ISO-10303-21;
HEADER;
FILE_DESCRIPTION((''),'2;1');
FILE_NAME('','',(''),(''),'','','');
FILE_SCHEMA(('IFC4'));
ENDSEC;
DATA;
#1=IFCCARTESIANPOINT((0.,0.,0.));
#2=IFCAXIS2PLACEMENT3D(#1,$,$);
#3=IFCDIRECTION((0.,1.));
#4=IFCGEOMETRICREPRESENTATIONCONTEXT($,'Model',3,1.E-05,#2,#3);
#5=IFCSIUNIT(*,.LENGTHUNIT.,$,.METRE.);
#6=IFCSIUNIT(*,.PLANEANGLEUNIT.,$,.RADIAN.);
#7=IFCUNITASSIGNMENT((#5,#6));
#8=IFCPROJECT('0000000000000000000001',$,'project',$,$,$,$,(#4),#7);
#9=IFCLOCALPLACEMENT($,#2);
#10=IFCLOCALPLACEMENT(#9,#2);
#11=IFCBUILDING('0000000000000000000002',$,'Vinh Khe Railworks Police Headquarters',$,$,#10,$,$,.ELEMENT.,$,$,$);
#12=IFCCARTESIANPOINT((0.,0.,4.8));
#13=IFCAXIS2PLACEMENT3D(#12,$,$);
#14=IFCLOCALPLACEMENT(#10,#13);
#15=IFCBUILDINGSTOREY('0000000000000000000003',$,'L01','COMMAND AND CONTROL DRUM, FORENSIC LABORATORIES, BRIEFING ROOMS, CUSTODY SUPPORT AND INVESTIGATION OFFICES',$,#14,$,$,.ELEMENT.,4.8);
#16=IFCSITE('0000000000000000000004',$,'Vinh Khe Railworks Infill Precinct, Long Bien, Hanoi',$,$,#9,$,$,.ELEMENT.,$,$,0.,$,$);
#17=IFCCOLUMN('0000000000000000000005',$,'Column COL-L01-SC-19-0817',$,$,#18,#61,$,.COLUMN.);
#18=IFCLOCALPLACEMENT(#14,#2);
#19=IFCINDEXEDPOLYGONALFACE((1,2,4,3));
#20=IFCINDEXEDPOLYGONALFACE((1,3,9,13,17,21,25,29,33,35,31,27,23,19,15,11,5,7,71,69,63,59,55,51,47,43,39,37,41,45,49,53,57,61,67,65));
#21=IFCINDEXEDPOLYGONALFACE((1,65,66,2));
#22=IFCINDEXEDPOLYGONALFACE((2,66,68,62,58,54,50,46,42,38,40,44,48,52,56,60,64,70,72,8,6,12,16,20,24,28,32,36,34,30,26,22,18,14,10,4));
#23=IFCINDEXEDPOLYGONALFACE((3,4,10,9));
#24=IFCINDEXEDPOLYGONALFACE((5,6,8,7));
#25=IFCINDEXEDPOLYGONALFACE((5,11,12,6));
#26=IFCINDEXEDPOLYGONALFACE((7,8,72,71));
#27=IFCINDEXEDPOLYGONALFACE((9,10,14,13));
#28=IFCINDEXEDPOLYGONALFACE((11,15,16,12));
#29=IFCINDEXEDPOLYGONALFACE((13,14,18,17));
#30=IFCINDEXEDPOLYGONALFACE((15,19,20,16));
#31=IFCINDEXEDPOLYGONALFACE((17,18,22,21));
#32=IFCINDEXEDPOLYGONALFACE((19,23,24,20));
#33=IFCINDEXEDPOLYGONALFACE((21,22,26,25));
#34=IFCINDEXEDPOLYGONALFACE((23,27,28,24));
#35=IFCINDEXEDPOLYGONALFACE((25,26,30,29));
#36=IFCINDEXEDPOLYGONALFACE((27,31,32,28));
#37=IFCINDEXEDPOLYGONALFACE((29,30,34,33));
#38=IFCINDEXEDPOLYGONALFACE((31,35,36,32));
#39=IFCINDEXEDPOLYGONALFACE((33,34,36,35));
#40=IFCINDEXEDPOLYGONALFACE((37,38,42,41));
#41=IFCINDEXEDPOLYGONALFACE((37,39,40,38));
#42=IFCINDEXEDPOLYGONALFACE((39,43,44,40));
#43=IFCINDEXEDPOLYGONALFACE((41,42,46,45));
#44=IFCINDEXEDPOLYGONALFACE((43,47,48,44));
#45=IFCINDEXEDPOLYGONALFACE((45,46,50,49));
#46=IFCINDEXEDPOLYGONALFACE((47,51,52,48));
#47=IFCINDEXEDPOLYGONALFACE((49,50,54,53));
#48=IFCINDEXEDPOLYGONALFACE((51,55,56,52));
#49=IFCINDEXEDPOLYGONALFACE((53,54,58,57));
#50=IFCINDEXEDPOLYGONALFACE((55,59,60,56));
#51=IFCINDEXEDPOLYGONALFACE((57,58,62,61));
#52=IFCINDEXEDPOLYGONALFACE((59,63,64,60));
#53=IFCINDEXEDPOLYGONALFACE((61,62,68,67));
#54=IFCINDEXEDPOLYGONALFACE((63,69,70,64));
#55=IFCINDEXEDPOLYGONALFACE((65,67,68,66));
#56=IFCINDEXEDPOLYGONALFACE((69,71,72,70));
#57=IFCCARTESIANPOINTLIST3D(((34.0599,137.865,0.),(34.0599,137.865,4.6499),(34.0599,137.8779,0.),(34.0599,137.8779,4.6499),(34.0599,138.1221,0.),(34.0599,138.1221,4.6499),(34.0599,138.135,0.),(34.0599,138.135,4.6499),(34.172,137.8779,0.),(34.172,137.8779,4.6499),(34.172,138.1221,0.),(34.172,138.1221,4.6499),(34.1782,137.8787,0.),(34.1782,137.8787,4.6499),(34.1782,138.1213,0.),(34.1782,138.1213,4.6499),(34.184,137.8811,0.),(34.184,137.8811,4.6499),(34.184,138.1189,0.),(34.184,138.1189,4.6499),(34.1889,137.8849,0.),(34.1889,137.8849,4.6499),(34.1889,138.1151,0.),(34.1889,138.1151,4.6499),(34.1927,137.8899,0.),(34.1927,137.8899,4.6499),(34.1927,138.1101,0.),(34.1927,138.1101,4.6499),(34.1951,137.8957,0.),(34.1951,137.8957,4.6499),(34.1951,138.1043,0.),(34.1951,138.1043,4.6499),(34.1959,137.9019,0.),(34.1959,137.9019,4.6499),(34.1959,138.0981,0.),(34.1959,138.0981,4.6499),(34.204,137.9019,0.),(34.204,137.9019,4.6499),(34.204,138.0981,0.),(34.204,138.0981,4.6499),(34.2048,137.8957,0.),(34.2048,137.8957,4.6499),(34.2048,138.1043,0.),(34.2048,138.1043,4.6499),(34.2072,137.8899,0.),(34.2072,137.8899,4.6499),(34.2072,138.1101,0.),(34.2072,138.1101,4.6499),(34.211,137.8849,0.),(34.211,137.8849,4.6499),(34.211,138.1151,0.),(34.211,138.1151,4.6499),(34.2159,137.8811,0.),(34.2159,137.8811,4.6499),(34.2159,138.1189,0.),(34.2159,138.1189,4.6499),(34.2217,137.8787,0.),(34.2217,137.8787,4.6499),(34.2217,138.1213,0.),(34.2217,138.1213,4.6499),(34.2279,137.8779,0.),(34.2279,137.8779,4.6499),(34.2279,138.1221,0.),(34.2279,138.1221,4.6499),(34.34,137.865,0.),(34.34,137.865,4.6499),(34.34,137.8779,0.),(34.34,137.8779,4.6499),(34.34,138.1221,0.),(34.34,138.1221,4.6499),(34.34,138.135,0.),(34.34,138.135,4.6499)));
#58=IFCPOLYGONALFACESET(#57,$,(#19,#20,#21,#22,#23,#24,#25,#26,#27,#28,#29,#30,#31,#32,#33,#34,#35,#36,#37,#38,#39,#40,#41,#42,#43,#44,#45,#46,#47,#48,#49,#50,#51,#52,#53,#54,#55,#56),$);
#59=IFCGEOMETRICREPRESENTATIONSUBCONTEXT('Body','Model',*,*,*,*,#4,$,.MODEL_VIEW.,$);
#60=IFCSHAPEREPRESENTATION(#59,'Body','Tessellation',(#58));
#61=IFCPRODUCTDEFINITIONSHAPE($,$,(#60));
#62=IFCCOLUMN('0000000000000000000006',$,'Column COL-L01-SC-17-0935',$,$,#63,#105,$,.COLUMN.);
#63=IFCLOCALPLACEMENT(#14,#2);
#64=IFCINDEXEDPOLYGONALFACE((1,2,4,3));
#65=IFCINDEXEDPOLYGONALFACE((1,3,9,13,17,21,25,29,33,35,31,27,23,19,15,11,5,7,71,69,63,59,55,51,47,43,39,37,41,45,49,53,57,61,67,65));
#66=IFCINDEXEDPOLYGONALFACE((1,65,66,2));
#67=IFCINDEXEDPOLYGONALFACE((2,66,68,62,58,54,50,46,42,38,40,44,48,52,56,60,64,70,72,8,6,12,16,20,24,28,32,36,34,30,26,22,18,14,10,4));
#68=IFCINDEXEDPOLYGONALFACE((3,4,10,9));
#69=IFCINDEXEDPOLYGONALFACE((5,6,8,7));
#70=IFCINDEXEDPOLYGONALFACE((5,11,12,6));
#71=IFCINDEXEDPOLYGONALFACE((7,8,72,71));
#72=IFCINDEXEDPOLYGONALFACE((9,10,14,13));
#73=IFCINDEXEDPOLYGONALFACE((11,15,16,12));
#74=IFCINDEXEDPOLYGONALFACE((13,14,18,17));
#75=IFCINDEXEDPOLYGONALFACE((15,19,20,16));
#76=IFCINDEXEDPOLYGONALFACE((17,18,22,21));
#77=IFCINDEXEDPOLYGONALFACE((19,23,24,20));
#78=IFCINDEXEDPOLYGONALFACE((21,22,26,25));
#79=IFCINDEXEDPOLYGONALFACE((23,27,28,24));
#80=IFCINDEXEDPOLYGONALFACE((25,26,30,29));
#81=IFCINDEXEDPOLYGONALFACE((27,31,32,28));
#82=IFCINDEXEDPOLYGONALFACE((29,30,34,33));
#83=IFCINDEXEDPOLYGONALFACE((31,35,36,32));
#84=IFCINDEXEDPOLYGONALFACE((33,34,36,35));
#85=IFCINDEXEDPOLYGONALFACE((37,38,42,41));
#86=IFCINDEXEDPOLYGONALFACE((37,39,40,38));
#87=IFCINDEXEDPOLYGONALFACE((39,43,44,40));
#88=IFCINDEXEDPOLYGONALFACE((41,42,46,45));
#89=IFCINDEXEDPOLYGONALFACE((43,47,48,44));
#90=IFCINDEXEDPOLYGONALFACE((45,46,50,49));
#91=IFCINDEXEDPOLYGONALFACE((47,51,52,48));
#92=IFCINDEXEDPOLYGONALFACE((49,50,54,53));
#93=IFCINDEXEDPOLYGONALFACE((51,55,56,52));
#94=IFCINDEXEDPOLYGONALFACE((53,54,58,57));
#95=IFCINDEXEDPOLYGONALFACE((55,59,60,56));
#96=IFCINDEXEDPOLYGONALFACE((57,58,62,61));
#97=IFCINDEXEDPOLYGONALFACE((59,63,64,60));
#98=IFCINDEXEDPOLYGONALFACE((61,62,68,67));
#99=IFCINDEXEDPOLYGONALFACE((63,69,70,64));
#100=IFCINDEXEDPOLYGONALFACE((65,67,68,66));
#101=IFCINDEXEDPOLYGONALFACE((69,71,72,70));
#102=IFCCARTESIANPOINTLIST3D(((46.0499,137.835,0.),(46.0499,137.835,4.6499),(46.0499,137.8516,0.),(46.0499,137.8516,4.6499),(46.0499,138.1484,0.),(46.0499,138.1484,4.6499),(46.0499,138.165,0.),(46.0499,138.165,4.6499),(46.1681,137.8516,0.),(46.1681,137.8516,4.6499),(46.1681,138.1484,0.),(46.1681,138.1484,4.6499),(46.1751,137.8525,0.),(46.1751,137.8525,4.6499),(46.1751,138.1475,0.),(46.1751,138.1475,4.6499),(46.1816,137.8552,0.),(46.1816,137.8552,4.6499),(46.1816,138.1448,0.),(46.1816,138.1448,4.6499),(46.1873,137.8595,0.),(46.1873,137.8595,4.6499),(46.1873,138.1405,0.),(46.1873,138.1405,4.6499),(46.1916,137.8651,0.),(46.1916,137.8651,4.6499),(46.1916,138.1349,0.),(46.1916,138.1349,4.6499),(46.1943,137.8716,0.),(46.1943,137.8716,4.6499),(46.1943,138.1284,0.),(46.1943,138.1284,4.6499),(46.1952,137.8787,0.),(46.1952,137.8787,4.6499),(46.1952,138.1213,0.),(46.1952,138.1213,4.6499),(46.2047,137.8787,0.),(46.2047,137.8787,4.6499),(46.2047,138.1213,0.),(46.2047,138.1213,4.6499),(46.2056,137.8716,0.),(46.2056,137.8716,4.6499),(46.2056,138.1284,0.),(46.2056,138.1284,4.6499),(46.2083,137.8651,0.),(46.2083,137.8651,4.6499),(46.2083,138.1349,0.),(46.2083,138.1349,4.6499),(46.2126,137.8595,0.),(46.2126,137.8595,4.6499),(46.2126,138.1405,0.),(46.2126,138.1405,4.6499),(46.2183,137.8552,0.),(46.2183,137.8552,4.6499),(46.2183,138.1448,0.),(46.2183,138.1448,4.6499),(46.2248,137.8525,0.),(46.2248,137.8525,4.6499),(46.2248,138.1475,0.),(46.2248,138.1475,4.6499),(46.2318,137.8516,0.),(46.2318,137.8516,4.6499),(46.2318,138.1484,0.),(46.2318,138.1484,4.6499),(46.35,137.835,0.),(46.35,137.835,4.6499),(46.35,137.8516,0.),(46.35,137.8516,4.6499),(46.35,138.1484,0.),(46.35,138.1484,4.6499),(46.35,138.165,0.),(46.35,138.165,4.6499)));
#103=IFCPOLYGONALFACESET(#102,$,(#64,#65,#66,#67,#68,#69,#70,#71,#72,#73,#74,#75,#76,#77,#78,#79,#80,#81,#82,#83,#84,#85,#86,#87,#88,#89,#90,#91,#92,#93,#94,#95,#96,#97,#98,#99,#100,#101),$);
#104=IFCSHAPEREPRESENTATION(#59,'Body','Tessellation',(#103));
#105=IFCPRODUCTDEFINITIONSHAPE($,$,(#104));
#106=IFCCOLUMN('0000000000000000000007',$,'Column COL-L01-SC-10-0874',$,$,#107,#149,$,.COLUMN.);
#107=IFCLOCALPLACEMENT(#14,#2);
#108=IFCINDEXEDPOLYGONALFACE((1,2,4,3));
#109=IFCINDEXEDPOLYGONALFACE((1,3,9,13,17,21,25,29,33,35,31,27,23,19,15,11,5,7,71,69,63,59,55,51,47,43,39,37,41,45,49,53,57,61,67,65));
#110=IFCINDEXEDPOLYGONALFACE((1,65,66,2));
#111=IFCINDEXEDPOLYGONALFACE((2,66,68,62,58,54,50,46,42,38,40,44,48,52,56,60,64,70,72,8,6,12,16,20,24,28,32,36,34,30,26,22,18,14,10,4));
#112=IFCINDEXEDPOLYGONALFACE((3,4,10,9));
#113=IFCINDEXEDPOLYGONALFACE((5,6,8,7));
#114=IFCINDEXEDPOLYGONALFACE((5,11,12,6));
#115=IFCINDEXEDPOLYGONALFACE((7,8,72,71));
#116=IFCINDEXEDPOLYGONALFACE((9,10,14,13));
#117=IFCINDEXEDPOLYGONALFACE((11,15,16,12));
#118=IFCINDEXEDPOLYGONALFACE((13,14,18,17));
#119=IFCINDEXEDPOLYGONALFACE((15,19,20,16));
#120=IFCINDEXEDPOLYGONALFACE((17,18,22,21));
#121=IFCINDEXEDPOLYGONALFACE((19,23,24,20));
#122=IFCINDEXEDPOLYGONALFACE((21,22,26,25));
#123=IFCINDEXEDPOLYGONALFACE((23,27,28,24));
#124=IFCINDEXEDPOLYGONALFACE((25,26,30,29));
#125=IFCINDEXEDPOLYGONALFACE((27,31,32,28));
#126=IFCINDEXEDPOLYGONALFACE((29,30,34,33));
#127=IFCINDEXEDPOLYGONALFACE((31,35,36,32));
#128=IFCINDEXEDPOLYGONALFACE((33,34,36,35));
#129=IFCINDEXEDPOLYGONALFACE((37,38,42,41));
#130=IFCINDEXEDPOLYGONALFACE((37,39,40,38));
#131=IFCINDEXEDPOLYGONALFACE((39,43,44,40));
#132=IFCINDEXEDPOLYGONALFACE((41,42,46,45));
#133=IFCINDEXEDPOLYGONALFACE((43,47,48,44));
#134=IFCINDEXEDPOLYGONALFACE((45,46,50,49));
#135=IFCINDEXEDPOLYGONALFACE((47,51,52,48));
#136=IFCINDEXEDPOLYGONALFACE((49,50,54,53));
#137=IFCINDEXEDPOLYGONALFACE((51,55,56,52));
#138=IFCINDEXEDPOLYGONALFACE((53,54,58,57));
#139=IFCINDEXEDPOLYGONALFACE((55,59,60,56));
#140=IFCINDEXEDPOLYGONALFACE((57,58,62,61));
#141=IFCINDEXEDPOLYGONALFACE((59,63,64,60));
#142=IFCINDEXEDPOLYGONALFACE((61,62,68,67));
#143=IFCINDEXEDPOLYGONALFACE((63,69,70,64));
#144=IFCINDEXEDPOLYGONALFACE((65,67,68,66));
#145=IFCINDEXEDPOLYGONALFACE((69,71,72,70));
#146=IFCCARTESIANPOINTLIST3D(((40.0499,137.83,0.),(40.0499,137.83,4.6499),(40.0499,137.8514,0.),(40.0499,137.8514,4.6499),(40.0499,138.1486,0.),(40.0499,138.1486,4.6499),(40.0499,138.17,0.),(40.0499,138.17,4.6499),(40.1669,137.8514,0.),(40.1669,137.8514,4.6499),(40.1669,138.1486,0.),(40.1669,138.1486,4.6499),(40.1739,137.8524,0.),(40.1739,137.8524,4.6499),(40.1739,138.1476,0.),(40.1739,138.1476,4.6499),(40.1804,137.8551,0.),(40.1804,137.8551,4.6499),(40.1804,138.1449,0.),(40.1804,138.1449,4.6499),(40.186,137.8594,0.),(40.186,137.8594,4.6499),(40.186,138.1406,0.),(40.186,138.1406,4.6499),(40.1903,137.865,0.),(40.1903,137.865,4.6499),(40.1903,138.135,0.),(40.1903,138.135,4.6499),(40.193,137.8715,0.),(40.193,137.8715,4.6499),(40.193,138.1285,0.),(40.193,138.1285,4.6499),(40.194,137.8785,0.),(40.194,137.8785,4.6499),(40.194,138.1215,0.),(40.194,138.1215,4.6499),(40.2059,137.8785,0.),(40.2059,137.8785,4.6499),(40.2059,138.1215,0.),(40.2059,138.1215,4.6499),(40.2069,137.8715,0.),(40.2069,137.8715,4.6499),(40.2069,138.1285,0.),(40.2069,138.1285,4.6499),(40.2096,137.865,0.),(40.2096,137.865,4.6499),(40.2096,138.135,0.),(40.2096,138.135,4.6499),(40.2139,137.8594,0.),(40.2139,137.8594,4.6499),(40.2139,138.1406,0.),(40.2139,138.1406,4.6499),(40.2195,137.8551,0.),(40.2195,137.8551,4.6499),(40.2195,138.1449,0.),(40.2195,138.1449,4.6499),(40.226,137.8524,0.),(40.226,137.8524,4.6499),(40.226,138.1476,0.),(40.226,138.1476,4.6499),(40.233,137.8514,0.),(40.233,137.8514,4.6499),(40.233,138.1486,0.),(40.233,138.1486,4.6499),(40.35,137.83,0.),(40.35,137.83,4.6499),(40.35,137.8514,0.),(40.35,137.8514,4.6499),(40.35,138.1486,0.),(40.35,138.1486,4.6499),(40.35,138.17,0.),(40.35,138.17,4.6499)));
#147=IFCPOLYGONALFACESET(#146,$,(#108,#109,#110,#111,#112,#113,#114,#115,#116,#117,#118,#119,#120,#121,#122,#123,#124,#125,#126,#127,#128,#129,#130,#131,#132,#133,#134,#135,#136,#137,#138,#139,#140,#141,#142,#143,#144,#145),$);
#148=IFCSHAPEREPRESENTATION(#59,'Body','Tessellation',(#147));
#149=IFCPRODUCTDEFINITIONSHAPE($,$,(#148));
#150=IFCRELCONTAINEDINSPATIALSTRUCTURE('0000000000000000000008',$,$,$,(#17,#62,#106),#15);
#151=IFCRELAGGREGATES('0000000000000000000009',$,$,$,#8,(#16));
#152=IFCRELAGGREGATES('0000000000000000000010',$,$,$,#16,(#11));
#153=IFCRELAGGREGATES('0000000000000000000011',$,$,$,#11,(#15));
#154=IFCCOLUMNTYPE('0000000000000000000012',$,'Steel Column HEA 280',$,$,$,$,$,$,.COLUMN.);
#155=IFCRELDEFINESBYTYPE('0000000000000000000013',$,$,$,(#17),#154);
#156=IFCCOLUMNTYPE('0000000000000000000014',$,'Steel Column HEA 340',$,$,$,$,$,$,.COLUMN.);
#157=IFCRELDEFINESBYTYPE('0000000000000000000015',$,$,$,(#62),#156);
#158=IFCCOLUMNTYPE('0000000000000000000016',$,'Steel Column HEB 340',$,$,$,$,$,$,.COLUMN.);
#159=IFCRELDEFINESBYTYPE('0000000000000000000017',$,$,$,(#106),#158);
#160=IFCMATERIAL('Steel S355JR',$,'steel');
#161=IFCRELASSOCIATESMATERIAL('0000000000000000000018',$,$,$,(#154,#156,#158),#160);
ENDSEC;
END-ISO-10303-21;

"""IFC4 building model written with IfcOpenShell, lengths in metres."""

from ifc_helpers import new_model, si_unit, direction, frame, origin, origin_2d, place, context, subcontext, project, spatial, i_section, extrude, material, material_profile, profile_set, type_object, element, save


model = new_model("IFC4")

# Units and contexts
model_context = context("Model", 3, precision=1e-05, world=origin(), true_north=direction((0.0, 1.0)))
body_context = subcontext(model_context, "Body", "Model", "MODEL_VIEW")
ifc_project = project(units=[si_unit("LENGTHUNIT", "METRE"), si_unit("PLANEANGLEUNIT", "RADIAN")], contexts=[model_context])

# Site, building, storey
site_placement = place(None, origin())
site = spatial("IfcSite", under=ifc_project, at=site_placement, Name="Vinh Khe Railworks Infill Precinct, Long Bien, Hanoi", CompositionType="ELEMENT", RefElevation=0.0)
building_placement = place(site_placement, origin())
building = spatial("IfcBuilding", under=site, at=building_placement, Name="Vinh Khe Railworks Police Headquarters", CompositionType="ELEMENT")
storey_placement = place(building_placement, frame((0.0, 0.0, 4.8)))
storey = spatial("IfcBuildingStorey", under=building, at=storey_placement, Name="L01", Description="COMMAND AND CONTROL DRUM, FORENSIC LABORATORIES, BRIEFING ROOMS, CUSTODY SUPPORT AND INVESTIGATION OFFICES", CompositionType="ELEMENT", Elevation=4.8)

# Columns
ifc_material_1 = material(Name="Steel S355JR", Category="steel")
ifc_material_profile_1 = material_profile(ifc_material_1, i_section(OverallWidth=0.28, OverallDepth=0.27, WebThickness=0.0081, FlangeThickness=0.0129, FilletRadius=0.0239, at=origin_2d()), Name="HEA 280")
ifc_profile_set_1 = profile_set([ifc_material_profile_1], Name="Steel S355JR")
column_type_1 = type_object("IfcColumnType", Name="Steel Column HEA 280", PredefinedType="COLUMN", material=ifc_profile_set_1)
column_1_placement = place(storey_placement, frame((34.2, 138.0, 0.0), z_axis=(0.0, 0.0, 1.0), x_axis=(1.0, 0.0, 0.0)))
element("IfcColumn", 1, at=column_1_placement, inside=storey, type_object=column_type_1, Name="Column COL-L01-SC-19-0817", PredefinedType="COLUMN", context=body_context, shape_type="SweptSolid", body=[
    extrude(i_section(OverallWidth=0.28, OverallDepth=0.27, WebThickness=0.0081, FlangeThickness=0.0129, FilletRadius=0.0239, at=origin_2d()), origin(), (0.0, 0.0, 1.0), 4.6499),
])
ifc_material_profile_2 = material_profile(ifc_material_1, i_section(OverallWidth=0.3, OverallDepth=0.3301, WebThickness=0.0095, FlangeThickness=0.0166, FilletRadius=0.0271, at=origin_2d()), Name="HEA 340")
ifc_profile_set_2 = profile_set([ifc_material_profile_2], Name="Steel S355JR")
column_type_2 = type_object("IfcColumnType", Name="Steel Column HEA 340", PredefinedType="COLUMN", material=ifc_profile_set_2)
column_2_placement = place(storey_placement, frame((46.2, 138.0, 0.0), z_axis=(0.0, 0.0, 1.0), x_axis=(1.0, 0.0, 0.0)))
element("IfcColumn", 2, at=column_2_placement, inside=storey, type_object=column_type_2, Name="Column COL-L01-SC-17-0935", PredefinedType="COLUMN", context=body_context, shape_type="SweptSolid", body=[
    extrude(i_section(OverallWidth=0.3, OverallDepth=0.3301, WebThickness=0.0095, FlangeThickness=0.0166, FilletRadius=0.0271, at=origin_2d()), origin(), (0.0, 0.0, 1.0), 4.6499),
])
ifc_material_profile_3 = material_profile(ifc_material_1, i_section(OverallWidth=0.3, OverallDepth=0.3401, WebThickness=0.012, FlangeThickness=0.0215, FilletRadius=0.0271, at=origin_2d()), Name="HEB 340")
ifc_profile_set_3 = profile_set([ifc_material_profile_3], Name="Steel S355JR")
column_type_3 = type_object("IfcColumnType", Name="Steel Column HEB 340", PredefinedType="COLUMN", material=ifc_profile_set_3)
column_3_placement = place(storey_placement, frame((40.2, 138.0, 0.0), z_axis=(0.0, 0.0, 1.0), x_axis=(1.0, 0.0, 0.0)))
element("IfcColumn", 3, at=column_3_placement, inside=storey, type_object=column_type_3, Name="Column COL-L01-SC-10-0874", PredefinedType="COLUMN", context=body_context, shape_type="SweptSolid", body=[
    extrude(i_section(OverallWidth=0.3, OverallDepth=0.3401, WebThickness=0.012, FlangeThickness=0.0215, FilletRadius=0.0271, at=origin_2d()), origin(), (0.0, 0.0, 1.0), 4.6499),
])

save(model, "model.ifc")
